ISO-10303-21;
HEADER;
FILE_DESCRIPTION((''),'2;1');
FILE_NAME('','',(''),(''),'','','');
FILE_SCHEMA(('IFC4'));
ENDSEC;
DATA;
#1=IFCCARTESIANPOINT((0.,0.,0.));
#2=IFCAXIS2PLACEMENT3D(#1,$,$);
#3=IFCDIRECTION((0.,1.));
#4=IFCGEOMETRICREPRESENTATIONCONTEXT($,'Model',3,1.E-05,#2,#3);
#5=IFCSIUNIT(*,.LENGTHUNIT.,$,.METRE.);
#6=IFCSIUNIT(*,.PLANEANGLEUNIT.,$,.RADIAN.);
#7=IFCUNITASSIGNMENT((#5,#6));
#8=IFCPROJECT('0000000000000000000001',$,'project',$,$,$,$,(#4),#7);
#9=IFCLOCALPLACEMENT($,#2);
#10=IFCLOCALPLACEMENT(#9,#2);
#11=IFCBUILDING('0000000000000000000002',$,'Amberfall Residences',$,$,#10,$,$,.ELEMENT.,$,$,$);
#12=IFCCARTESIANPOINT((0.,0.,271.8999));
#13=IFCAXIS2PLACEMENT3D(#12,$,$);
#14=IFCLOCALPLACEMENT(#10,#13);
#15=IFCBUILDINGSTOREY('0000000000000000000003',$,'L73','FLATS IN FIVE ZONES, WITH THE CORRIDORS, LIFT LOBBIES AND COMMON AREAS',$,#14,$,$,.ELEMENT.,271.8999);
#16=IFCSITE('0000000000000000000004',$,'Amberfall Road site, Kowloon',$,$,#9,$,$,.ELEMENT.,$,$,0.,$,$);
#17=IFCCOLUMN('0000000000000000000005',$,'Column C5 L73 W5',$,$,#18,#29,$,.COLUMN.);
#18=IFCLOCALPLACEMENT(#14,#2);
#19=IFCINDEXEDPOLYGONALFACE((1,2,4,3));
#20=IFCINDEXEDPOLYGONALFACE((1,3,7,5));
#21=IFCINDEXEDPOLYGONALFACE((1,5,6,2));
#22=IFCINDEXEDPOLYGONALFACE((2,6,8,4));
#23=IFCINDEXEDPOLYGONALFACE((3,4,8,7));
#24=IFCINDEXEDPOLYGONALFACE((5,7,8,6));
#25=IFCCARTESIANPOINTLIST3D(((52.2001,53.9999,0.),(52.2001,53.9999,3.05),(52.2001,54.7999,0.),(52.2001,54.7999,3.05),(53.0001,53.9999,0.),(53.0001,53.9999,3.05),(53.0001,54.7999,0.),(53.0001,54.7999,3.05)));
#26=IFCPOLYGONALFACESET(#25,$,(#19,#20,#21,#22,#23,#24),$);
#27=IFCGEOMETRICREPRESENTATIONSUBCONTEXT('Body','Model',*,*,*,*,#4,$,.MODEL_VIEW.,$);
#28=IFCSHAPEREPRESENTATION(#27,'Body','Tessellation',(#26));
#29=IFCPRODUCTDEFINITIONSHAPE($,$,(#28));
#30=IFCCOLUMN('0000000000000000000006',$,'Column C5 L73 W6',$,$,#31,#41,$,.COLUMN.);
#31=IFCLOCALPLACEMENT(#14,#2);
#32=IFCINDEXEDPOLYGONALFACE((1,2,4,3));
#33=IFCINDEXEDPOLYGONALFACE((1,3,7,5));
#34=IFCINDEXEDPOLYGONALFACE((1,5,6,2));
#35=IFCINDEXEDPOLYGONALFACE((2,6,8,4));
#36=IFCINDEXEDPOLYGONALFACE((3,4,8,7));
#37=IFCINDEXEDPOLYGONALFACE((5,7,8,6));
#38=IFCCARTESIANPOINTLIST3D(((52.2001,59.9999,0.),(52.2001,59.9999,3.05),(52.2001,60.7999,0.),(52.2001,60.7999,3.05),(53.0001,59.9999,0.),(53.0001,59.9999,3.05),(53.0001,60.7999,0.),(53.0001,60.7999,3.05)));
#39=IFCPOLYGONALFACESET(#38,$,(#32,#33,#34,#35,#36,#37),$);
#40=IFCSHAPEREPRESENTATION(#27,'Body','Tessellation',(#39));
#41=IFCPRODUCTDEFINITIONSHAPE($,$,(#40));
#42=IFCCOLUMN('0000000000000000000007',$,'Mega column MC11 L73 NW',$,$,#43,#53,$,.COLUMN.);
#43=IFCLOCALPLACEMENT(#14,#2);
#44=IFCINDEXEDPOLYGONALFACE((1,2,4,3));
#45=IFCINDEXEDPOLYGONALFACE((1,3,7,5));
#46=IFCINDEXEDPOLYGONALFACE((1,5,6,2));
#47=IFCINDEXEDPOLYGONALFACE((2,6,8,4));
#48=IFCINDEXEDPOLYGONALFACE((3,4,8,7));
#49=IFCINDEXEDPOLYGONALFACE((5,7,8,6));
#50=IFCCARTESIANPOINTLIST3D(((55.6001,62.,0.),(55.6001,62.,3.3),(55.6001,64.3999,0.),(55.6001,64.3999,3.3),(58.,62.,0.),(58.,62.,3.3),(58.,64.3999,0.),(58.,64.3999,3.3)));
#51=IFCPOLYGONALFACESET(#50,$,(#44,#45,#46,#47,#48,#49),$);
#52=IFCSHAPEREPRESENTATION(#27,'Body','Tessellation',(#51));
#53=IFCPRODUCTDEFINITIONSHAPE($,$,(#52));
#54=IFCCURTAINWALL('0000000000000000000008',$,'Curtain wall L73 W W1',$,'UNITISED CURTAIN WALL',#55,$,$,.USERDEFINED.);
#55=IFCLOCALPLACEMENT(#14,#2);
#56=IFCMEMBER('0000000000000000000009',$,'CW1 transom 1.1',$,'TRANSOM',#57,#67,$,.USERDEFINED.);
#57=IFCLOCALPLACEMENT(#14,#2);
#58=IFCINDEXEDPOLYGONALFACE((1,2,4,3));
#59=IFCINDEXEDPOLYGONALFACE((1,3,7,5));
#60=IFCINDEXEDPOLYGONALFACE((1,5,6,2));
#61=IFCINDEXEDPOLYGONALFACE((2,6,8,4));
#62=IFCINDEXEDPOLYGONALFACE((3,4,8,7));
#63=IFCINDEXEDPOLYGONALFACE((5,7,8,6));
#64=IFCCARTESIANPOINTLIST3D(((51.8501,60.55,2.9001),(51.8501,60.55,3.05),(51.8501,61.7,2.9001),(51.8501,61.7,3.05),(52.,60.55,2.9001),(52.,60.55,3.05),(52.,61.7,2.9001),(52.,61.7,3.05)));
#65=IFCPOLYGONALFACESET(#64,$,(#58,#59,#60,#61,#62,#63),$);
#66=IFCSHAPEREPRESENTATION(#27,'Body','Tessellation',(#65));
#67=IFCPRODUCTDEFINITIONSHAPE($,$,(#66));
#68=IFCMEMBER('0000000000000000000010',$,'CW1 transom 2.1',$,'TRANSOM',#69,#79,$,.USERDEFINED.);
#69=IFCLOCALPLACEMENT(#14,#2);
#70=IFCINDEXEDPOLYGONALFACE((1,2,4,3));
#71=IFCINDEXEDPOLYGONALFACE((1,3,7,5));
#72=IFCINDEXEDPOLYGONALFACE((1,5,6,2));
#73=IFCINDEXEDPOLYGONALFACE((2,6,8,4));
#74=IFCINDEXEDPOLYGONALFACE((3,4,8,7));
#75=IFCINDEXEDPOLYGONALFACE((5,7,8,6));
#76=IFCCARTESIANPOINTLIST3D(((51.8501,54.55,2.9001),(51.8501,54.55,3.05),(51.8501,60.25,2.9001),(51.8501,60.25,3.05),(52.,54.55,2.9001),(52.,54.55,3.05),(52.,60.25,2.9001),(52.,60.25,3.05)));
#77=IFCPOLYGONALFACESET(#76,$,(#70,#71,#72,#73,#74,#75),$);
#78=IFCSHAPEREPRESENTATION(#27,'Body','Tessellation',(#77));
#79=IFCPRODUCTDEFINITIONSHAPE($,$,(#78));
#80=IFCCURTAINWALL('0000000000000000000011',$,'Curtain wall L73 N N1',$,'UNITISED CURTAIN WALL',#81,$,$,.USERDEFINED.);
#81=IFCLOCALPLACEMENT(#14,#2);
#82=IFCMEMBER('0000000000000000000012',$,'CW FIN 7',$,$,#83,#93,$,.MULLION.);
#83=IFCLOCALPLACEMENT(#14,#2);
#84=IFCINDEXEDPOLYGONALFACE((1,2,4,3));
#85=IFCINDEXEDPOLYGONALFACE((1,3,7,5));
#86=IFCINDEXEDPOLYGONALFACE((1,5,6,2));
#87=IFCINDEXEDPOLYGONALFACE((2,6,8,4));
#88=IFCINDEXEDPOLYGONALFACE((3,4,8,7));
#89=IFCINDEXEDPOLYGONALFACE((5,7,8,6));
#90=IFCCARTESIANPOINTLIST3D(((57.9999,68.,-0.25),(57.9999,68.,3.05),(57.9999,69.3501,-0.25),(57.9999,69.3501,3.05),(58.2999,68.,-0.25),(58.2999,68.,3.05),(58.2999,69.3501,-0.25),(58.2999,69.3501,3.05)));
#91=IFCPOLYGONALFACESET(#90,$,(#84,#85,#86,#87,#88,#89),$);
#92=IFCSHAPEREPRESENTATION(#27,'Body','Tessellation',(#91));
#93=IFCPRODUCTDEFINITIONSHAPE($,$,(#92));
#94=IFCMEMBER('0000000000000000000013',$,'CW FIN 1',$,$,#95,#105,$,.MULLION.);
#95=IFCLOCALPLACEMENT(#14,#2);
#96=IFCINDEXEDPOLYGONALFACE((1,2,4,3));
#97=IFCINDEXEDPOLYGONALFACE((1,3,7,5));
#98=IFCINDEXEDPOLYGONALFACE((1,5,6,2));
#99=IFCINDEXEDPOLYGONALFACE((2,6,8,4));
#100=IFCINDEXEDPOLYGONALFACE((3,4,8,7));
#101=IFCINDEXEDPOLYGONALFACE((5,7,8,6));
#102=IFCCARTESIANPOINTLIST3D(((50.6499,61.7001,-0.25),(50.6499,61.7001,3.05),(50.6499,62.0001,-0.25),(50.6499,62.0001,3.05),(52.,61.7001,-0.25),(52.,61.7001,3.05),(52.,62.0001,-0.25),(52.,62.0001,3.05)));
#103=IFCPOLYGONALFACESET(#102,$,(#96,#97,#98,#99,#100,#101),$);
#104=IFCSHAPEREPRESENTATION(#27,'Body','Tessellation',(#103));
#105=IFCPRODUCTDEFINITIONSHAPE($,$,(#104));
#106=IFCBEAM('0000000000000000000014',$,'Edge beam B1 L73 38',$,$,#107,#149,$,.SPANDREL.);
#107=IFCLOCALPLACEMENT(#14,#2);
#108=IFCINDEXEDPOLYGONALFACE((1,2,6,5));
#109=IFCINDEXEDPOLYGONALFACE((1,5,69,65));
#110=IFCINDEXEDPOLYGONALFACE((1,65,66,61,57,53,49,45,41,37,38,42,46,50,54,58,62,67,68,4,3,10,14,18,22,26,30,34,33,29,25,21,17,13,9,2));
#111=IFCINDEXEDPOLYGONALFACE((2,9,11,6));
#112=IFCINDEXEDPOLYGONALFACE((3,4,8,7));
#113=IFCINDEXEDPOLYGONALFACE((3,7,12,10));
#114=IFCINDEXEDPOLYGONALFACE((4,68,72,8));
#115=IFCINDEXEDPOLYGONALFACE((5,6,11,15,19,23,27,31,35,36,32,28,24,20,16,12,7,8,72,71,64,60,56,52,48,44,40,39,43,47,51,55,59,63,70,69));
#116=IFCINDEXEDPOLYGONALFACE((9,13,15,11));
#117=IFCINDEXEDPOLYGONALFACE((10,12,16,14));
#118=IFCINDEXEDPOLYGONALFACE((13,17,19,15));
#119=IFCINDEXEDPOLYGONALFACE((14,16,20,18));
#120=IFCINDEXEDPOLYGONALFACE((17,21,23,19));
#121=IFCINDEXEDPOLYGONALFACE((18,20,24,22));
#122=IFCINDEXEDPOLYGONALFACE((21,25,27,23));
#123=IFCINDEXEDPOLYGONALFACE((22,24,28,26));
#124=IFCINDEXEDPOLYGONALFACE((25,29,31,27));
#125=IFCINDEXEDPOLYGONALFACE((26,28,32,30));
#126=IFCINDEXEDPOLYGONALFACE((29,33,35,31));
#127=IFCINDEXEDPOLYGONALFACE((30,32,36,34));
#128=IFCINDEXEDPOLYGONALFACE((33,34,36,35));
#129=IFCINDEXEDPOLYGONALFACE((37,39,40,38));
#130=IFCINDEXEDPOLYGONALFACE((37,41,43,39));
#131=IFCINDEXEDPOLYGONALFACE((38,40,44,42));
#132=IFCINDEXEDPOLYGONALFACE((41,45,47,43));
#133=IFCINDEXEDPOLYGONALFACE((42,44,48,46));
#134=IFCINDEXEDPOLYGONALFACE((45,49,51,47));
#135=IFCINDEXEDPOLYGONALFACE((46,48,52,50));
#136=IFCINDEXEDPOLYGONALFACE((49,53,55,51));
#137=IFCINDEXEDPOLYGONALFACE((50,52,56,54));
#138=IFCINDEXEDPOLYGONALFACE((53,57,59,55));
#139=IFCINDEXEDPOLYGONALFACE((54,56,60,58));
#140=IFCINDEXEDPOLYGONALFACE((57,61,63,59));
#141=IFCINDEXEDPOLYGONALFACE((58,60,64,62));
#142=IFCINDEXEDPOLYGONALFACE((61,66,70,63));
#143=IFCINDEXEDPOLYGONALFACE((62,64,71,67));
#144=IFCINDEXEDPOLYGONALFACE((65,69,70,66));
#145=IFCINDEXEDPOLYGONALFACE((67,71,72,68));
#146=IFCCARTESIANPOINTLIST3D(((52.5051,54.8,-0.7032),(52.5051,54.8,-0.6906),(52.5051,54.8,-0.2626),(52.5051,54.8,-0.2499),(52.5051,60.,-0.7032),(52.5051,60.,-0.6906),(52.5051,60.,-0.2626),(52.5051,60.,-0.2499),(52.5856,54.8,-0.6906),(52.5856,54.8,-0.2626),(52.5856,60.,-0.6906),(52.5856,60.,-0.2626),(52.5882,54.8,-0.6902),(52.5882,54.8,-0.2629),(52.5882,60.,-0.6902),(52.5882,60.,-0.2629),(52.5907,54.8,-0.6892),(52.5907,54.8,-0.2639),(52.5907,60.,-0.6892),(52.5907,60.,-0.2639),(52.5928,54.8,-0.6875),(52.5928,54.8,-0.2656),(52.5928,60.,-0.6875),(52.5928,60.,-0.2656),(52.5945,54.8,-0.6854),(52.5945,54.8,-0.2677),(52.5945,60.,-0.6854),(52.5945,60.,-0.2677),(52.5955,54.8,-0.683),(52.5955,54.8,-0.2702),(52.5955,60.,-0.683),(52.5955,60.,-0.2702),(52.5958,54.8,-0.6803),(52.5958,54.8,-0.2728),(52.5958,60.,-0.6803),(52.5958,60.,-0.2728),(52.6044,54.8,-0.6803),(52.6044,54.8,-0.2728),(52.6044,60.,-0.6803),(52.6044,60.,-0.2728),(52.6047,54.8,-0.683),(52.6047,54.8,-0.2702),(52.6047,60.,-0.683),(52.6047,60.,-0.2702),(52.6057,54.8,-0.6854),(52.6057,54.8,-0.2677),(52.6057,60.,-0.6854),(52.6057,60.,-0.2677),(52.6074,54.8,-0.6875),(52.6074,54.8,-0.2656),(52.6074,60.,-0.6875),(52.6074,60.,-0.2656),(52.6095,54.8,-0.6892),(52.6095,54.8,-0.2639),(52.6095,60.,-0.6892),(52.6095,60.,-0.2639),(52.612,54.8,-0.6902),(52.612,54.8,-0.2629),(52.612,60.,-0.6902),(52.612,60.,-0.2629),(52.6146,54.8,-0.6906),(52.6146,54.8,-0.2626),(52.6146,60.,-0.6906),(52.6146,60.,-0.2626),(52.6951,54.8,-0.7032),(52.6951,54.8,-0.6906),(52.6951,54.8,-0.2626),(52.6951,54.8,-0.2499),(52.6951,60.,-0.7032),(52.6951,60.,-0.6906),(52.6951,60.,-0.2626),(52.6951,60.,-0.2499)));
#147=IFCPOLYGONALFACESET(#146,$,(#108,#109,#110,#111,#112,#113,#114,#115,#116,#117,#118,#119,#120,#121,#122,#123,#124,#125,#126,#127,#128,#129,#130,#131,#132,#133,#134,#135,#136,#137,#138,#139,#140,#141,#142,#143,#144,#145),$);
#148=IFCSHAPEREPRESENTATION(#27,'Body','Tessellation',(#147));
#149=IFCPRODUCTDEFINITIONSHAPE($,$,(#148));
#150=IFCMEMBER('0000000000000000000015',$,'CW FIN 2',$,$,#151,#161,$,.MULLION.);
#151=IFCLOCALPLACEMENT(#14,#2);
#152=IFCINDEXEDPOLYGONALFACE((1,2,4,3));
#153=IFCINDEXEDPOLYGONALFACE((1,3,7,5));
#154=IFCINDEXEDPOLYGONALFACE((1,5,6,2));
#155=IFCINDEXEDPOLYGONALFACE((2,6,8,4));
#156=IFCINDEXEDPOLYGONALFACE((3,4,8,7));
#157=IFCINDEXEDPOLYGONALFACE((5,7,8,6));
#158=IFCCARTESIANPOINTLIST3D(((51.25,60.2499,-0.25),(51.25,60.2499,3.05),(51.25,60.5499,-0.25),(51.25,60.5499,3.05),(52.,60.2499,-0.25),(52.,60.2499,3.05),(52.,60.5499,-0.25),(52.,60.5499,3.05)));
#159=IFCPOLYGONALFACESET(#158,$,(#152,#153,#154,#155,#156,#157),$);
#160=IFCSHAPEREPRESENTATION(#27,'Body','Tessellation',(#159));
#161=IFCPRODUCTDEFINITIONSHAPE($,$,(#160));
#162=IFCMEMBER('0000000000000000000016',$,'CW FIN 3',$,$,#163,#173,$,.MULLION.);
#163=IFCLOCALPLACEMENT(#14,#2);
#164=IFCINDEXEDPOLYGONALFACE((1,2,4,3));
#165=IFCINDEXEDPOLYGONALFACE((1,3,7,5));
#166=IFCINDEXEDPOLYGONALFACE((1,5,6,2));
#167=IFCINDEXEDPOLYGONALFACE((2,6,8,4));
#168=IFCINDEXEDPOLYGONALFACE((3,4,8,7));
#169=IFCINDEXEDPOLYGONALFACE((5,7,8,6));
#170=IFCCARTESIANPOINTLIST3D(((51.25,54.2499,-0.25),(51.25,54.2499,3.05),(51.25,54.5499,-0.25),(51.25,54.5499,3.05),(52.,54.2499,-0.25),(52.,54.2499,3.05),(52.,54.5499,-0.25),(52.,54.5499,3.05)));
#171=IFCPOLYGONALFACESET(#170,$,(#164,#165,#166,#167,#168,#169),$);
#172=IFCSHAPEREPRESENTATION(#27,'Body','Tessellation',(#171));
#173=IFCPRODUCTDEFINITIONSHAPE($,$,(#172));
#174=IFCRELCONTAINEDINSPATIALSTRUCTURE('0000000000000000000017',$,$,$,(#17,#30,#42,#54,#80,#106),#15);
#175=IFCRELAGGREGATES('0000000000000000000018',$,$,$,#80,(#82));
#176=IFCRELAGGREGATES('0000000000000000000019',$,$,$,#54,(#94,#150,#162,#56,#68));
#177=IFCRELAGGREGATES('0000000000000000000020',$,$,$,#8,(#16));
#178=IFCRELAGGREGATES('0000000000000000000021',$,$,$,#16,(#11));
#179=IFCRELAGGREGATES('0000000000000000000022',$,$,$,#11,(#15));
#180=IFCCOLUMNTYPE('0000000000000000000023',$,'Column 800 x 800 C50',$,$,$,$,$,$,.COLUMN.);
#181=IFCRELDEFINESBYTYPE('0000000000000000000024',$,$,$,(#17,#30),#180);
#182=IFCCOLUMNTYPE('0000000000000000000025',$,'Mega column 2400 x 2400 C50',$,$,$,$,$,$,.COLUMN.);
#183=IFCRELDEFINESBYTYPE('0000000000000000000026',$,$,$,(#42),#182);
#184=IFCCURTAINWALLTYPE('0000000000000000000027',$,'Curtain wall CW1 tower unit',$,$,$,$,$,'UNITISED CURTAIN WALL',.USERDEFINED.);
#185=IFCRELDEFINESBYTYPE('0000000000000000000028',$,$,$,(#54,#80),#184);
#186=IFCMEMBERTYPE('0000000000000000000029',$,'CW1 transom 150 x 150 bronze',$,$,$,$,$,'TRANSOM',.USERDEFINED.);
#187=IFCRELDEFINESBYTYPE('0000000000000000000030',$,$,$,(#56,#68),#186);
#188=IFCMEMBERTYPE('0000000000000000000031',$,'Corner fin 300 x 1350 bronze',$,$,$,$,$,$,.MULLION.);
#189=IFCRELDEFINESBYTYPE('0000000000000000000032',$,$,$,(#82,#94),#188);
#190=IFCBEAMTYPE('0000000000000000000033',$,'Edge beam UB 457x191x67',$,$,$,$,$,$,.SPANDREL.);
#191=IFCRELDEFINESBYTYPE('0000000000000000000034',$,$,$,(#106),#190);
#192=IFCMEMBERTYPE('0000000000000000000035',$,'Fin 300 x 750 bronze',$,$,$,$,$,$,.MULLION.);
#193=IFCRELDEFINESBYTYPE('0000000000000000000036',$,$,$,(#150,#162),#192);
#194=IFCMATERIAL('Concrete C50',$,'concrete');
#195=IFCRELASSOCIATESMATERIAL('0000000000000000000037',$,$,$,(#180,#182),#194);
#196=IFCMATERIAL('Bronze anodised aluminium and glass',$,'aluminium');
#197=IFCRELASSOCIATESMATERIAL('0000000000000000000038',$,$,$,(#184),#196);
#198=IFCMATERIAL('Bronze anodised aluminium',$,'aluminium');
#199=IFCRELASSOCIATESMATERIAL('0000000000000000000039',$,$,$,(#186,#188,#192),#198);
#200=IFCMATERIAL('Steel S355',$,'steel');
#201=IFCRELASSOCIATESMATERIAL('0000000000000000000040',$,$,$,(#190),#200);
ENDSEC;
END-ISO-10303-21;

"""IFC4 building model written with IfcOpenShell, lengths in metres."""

from ifc_helpers import new_model, si_unit, direction, frame, origin, origin_2d, place, context, subcontext, project, spatial, rectangle, i_section, extrude, material, material_profile, profile_set, type_object, element, aggregate, save


model = new_model("IFC4")

# Units and contexts
model_context = context("Model", 3, precision=1e-05, world=origin(), true_north=direction((0.0, 1.0)))
body_context = subcontext(model_context, "Body", "Model", "MODEL_VIEW")
ifc_project = project(units=[si_unit("LENGTHUNIT", "METRE"), si_unit("PLANEANGLEUNIT", "RADIAN")], contexts=[model_context])

# Site, building, storey
site_placement = place(None, origin())
site = spatial("IfcSite", under=ifc_project, at=site_placement, Name="Amberfall Road site, Kowloon", CompositionType="ELEMENT", RefElevation=0.0)
building_placement = place(site_placement, origin())
building = spatial("IfcBuilding", under=site, at=building_placement, Name="Amberfall Residences", CompositionType="ELEMENT")
storey_placement = place(building_placement, frame((0.0, 0.0, 271.8999)))
storey = spatial("IfcBuildingStorey", under=building, at=storey_placement, Name="L73", Description="FLATS IN FIVE ZONES, WITH THE CORRIDORS, LIFT LOBBIES AND COMMON AREAS", CompositionType="ELEMENT", Elevation=271.8999)

# Columns
ifc_material_1 = material(Name="Concrete C50", Category="concrete")
ifc_material_profile_1 = material_profile(ifc_material_1, rectangle(XDim=0.8, YDim=0.8, at=origin_2d()), Name="Column 800 x 800 C50")
ifc_profile_set_1 = profile_set([ifc_material_profile_1], Name="Concrete C50")
column_type_1 = type_object("IfcColumnType", Name="Column 800 x 800 C50", PredefinedType="COLUMN", material=ifc_profile_set_1)
for number, where, z_axis, x_axis, name in (
    (1, (52.6001, 54.3999, 0.0), (0.0, 0.0, 1.0), (1.0, 0.0, 0.0), "Column C5 L73 W5"),
    (2, (52.6001, 60.3999, 0.0), (0.0, 0.0, 1.0), (1.0, 0.0, 0.0), "Column C5 L73 W6"),
):
    element("IfcColumn", number, at=place(storey_placement, frame(where, z_axis=z_axis, x_axis=x_axis)), inside=storey, type_object=column_type_1, Name=name, PredefinedType="COLUMN", context=body_context, shape_type="SweptSolid", body=[
        extrude(rectangle(XDim=0.8, YDim=0.8, at=origin_2d()), origin(), (0.0, 0.0, 1.0), 3.05),
    ])
ifc_material_profile_2 = material_profile(ifc_material_1, rectangle(XDim=2.3999, YDim=2.3999, at=origin_2d()), Name="Mega column 2400 x 2400 C50")
ifc_profile_set_2 = profile_set([ifc_material_profile_2], Name="Concrete C50")
column_type_2 = type_object("IfcColumnType", Name="Mega column 2400 x 2400 C50", PredefinedType="COLUMN", material=ifc_profile_set_2)
column_placement = place(storey_placement, frame((56.8, 63.2, 0.0), z_axis=(0.0, 0.0, 1.0), x_axis=(1.0, 0.0, 0.0)))
element("IfcColumn", 3, at=column_placement, inside=storey, type_object=column_type_2, Name="Mega column MC11 L73 NW", PredefinedType="COLUMN", context=body_context, shape_type="SweptSolid", body=[
    extrude(rectangle(XDim=2.3999, YDim=2.3999, at=origin_2d()), origin(), (0.0, 0.0, 1.0), 3.3),
])

# Curtain wall, members
ifc_material_2 = material(Name="Bronze anodised aluminium and glass", Category="aluminium")
curtain_wall_type = type_object("IfcCurtainWallType", Name="Curtain wall CW1 tower unit", ElementType="UNITISED CURTAIN WALL", PredefinedType="USERDEFINED", material=ifc_material_2)
curtain_wall_1_placement = place(storey_placement, origin())
curtain_wall_1 = element("IfcCurtainWall", 4, at=curtain_wall_1_placement, inside=storey, type_object=curtain_wall_type, Name="Curtain wall L73 W W1", ObjectType="UNITISED CURTAIN WALL", PredefinedType="USERDEFINED")
ifc_material_3 = material(Name="Bronze anodised aluminium", Category="aluminium")
ifc_material_profile_3 = material_profile(ifc_material_3, rectangle(XDim=0.1499, YDim=0.1499, at=origin_2d()), Name="CW1 transom 150 x 150 bronze")
ifc_profile_set_3 = profile_set([ifc_material_profile_3], Name="Bronze anodised aluminium")
member_type_1 = type_object("IfcMemberType", Name="CW1 transom 150 x 150 bronze", ElementType="TRANSOM", PredefinedType="USERDEFINED", material=ifc_profile_set_3)
member_1_placement = place(storey_placement, frame((51.925, 61.7, 2.9751), z_axis=(0.0, -1.0, 0.0), x_axis=(1.0, 0.0, 0.0)))
member_1 = element("IfcMember", 5, at=member_1_placement, type_object=member_type_1, Name="CW1 transom 1.1", ObjectType="TRANSOM", PredefinedType="USERDEFINED", context=body_context, shape_type="SweptSolid", body=[
    extrude(rectangle(XDim=0.1499, YDim=0.1499, at=origin_2d()), origin(), (0.0, 0.0, 1.0), 1.1499),
])
member_2_placement = place(storey_placement, frame((51.925, 60.25, 2.9751), z_axis=(0.0, -1.0, 0.0), x_axis=(1.0, 0.0, 0.0)))
member_2 = element("IfcMember", 6, at=member_2_placement, type_object=member_type_1, Name="CW1 transom 2.1", ObjectType="TRANSOM", PredefinedType="USERDEFINED", context=body_context, shape_type="SweptSolid", body=[
    extrude(rectangle(XDim=0.1499, YDim=0.1499, at=origin_2d()), origin(), (0.0, 0.0, 1.0), 5.7),
])

# Curtain wall, member
curtain_wall_2_placement = place(storey_placement, origin())
curtain_wall_2 = element("IfcCurtainWall", 7, at=curtain_wall_2_placement, inside=storey, type_object=curtain_wall_type, Name="Curtain wall L73 N N1", ObjectType="UNITISED CURTAIN WALL", PredefinedType="USERDEFINED")
ifc_material_profile_4 = material_profile(ifc_material_3, rectangle(XDim=1.3501, YDim=0.3, at=origin_2d()), Name="Corner fin 300 x 1350 bronze")
ifc_profile_set_4 = profile_set([ifc_material_profile_4], Name="Bronze anodised aluminium")
member_type_2 = type_object("IfcMemberType", Name="Corner fin 300 x 1350 bronze", PredefinedType="MULLION", material=ifc_profile_set_4)
member_3_placement = place(storey_placement, frame((58.1499, 68.675, -0.25), z_axis=(0.0, 0.0, 1.0), x_axis=(0.0, -1.0, 0.0)))
member_3 = element("IfcMember", 8, at=member_3_placement, type_object=member_type_2, Name="CW FIN 7", PredefinedType="MULLION", context=body_context, shape_type="SweptSolid", body=[
    extrude(rectangle(XDim=1.3501, YDim=0.3, at=origin_2d()), origin(), (0.0, 0.0, 1.0), 3.3),
])

# Member
member_4_placement = place(storey_placement, frame((51.325, 61.8501, -0.25), z_axis=(0.0, 0.0, 1.0), x_axis=(1.0, 0.0, 0.0)))
member_4 = element("IfcMember", 9, at=member_4_placement, type_object=member_type_2, Name="CW FIN 1", PredefinedType="MULLION", context=body_context, shape_type="SweptSolid", body=[
    extrude(rectangle(XDim=1.3501, YDim=0.3, at=origin_2d()), origin(), (0.0, 0.0, 1.0), 3.3),
])

# Beam
ifc_material_4 = material(Name="Steel S355", Category="steel")
ifc_material_profile_5 = material_profile(ifc_material_4, i_section(OverallWidth=0.1899, OverallDepth=0.4534, WebThickness=0.0085, FlangeThickness=0.0127, FilletRadius=0.0103, at=origin_2d()), Name="UB 457x191x67")
ifc_profile_set_5 = profile_set([ifc_material_profile_5], Name="Steel S355")
beam_type_1 = type_object("IfcBeamType", Name="Edge beam UB 457x191x67", PredefinedType="SPANDREL", material=ifc_profile_set_5)
beam_1_placement = place(storey_placement, frame((52.6001, 54.8, -0.4766), z_axis=(0.0, 1.0, 0.0), x_axis=(-1.0, 0.0, 0.0)))
element("IfcBeam", 10, at=beam_1_placement, inside=storey, type_object=beam_type_1, Name="Edge beam B1 L73 38", PredefinedType="SPANDREL", context=body_context, shape_type="SweptSolid", body=[
    extrude(i_section(OverallWidth=0.1899, OverallDepth=0.4534, WebThickness=0.0085, FlangeThickness=0.0127, FilletRadius=0.0103, at=origin_2d()), origin(), (0.0, 0.0, 1.0), 5.2),
])

# Members
ifc_material_profile_6 = material_profile(ifc_material_3, rectangle(XDim=0.75, YDim=0.3, at=origin_2d()), Name="Fin 300 x 750 bronze")
ifc_profile_set_6 = profile_set([ifc_material_profile_6], Name="Bronze anodised aluminium")
member_type_3 = type_object("IfcMemberType", Name="Fin 300 x 750 bronze", PredefinedType="MULLION", material=ifc_profile_set_6)
member_5_placement = place(storey_placement, frame((51.625, 60.3999, -0.25), z_axis=(0.0, 0.0, 1.0), x_axis=(1.0, 0.0, 0.0)))
member_5 = element("IfcMember", 11, at=member_5_placement, type_object=member_type_3, Name="CW FIN 2", PredefinedType="MULLION", context=body_context, shape_type="SweptSolid", body=[
    extrude(rectangle(XDim=0.75, YDim=0.3, at=origin_2d()), origin(), (0.0, 0.0, 1.0), 3.3),
])
member_6_placement = place(storey_placement, frame((51.625, 54.3999, -0.25), z_axis=(0.0, 0.0, 1.0), x_axis=(1.0, 0.0, 0.0)))
member_6 = element("IfcMember", 12, at=member_6_placement, type_object=member_type_3, Name="CW FIN 3", PredefinedType="MULLION", context=body_context, shape_type="SweptSolid", body=[
    extrude(rectangle(XDim=0.75, YDim=0.3, at=origin_2d()), origin(), (0.0, 0.0, 1.0), 3.3),
])

aggregate(curtain_wall_2, [member_3])
aggregate(curtain_wall_1, [member_4, member_5, member_6, member_1, member_2])

save(model, "model.ifc")
